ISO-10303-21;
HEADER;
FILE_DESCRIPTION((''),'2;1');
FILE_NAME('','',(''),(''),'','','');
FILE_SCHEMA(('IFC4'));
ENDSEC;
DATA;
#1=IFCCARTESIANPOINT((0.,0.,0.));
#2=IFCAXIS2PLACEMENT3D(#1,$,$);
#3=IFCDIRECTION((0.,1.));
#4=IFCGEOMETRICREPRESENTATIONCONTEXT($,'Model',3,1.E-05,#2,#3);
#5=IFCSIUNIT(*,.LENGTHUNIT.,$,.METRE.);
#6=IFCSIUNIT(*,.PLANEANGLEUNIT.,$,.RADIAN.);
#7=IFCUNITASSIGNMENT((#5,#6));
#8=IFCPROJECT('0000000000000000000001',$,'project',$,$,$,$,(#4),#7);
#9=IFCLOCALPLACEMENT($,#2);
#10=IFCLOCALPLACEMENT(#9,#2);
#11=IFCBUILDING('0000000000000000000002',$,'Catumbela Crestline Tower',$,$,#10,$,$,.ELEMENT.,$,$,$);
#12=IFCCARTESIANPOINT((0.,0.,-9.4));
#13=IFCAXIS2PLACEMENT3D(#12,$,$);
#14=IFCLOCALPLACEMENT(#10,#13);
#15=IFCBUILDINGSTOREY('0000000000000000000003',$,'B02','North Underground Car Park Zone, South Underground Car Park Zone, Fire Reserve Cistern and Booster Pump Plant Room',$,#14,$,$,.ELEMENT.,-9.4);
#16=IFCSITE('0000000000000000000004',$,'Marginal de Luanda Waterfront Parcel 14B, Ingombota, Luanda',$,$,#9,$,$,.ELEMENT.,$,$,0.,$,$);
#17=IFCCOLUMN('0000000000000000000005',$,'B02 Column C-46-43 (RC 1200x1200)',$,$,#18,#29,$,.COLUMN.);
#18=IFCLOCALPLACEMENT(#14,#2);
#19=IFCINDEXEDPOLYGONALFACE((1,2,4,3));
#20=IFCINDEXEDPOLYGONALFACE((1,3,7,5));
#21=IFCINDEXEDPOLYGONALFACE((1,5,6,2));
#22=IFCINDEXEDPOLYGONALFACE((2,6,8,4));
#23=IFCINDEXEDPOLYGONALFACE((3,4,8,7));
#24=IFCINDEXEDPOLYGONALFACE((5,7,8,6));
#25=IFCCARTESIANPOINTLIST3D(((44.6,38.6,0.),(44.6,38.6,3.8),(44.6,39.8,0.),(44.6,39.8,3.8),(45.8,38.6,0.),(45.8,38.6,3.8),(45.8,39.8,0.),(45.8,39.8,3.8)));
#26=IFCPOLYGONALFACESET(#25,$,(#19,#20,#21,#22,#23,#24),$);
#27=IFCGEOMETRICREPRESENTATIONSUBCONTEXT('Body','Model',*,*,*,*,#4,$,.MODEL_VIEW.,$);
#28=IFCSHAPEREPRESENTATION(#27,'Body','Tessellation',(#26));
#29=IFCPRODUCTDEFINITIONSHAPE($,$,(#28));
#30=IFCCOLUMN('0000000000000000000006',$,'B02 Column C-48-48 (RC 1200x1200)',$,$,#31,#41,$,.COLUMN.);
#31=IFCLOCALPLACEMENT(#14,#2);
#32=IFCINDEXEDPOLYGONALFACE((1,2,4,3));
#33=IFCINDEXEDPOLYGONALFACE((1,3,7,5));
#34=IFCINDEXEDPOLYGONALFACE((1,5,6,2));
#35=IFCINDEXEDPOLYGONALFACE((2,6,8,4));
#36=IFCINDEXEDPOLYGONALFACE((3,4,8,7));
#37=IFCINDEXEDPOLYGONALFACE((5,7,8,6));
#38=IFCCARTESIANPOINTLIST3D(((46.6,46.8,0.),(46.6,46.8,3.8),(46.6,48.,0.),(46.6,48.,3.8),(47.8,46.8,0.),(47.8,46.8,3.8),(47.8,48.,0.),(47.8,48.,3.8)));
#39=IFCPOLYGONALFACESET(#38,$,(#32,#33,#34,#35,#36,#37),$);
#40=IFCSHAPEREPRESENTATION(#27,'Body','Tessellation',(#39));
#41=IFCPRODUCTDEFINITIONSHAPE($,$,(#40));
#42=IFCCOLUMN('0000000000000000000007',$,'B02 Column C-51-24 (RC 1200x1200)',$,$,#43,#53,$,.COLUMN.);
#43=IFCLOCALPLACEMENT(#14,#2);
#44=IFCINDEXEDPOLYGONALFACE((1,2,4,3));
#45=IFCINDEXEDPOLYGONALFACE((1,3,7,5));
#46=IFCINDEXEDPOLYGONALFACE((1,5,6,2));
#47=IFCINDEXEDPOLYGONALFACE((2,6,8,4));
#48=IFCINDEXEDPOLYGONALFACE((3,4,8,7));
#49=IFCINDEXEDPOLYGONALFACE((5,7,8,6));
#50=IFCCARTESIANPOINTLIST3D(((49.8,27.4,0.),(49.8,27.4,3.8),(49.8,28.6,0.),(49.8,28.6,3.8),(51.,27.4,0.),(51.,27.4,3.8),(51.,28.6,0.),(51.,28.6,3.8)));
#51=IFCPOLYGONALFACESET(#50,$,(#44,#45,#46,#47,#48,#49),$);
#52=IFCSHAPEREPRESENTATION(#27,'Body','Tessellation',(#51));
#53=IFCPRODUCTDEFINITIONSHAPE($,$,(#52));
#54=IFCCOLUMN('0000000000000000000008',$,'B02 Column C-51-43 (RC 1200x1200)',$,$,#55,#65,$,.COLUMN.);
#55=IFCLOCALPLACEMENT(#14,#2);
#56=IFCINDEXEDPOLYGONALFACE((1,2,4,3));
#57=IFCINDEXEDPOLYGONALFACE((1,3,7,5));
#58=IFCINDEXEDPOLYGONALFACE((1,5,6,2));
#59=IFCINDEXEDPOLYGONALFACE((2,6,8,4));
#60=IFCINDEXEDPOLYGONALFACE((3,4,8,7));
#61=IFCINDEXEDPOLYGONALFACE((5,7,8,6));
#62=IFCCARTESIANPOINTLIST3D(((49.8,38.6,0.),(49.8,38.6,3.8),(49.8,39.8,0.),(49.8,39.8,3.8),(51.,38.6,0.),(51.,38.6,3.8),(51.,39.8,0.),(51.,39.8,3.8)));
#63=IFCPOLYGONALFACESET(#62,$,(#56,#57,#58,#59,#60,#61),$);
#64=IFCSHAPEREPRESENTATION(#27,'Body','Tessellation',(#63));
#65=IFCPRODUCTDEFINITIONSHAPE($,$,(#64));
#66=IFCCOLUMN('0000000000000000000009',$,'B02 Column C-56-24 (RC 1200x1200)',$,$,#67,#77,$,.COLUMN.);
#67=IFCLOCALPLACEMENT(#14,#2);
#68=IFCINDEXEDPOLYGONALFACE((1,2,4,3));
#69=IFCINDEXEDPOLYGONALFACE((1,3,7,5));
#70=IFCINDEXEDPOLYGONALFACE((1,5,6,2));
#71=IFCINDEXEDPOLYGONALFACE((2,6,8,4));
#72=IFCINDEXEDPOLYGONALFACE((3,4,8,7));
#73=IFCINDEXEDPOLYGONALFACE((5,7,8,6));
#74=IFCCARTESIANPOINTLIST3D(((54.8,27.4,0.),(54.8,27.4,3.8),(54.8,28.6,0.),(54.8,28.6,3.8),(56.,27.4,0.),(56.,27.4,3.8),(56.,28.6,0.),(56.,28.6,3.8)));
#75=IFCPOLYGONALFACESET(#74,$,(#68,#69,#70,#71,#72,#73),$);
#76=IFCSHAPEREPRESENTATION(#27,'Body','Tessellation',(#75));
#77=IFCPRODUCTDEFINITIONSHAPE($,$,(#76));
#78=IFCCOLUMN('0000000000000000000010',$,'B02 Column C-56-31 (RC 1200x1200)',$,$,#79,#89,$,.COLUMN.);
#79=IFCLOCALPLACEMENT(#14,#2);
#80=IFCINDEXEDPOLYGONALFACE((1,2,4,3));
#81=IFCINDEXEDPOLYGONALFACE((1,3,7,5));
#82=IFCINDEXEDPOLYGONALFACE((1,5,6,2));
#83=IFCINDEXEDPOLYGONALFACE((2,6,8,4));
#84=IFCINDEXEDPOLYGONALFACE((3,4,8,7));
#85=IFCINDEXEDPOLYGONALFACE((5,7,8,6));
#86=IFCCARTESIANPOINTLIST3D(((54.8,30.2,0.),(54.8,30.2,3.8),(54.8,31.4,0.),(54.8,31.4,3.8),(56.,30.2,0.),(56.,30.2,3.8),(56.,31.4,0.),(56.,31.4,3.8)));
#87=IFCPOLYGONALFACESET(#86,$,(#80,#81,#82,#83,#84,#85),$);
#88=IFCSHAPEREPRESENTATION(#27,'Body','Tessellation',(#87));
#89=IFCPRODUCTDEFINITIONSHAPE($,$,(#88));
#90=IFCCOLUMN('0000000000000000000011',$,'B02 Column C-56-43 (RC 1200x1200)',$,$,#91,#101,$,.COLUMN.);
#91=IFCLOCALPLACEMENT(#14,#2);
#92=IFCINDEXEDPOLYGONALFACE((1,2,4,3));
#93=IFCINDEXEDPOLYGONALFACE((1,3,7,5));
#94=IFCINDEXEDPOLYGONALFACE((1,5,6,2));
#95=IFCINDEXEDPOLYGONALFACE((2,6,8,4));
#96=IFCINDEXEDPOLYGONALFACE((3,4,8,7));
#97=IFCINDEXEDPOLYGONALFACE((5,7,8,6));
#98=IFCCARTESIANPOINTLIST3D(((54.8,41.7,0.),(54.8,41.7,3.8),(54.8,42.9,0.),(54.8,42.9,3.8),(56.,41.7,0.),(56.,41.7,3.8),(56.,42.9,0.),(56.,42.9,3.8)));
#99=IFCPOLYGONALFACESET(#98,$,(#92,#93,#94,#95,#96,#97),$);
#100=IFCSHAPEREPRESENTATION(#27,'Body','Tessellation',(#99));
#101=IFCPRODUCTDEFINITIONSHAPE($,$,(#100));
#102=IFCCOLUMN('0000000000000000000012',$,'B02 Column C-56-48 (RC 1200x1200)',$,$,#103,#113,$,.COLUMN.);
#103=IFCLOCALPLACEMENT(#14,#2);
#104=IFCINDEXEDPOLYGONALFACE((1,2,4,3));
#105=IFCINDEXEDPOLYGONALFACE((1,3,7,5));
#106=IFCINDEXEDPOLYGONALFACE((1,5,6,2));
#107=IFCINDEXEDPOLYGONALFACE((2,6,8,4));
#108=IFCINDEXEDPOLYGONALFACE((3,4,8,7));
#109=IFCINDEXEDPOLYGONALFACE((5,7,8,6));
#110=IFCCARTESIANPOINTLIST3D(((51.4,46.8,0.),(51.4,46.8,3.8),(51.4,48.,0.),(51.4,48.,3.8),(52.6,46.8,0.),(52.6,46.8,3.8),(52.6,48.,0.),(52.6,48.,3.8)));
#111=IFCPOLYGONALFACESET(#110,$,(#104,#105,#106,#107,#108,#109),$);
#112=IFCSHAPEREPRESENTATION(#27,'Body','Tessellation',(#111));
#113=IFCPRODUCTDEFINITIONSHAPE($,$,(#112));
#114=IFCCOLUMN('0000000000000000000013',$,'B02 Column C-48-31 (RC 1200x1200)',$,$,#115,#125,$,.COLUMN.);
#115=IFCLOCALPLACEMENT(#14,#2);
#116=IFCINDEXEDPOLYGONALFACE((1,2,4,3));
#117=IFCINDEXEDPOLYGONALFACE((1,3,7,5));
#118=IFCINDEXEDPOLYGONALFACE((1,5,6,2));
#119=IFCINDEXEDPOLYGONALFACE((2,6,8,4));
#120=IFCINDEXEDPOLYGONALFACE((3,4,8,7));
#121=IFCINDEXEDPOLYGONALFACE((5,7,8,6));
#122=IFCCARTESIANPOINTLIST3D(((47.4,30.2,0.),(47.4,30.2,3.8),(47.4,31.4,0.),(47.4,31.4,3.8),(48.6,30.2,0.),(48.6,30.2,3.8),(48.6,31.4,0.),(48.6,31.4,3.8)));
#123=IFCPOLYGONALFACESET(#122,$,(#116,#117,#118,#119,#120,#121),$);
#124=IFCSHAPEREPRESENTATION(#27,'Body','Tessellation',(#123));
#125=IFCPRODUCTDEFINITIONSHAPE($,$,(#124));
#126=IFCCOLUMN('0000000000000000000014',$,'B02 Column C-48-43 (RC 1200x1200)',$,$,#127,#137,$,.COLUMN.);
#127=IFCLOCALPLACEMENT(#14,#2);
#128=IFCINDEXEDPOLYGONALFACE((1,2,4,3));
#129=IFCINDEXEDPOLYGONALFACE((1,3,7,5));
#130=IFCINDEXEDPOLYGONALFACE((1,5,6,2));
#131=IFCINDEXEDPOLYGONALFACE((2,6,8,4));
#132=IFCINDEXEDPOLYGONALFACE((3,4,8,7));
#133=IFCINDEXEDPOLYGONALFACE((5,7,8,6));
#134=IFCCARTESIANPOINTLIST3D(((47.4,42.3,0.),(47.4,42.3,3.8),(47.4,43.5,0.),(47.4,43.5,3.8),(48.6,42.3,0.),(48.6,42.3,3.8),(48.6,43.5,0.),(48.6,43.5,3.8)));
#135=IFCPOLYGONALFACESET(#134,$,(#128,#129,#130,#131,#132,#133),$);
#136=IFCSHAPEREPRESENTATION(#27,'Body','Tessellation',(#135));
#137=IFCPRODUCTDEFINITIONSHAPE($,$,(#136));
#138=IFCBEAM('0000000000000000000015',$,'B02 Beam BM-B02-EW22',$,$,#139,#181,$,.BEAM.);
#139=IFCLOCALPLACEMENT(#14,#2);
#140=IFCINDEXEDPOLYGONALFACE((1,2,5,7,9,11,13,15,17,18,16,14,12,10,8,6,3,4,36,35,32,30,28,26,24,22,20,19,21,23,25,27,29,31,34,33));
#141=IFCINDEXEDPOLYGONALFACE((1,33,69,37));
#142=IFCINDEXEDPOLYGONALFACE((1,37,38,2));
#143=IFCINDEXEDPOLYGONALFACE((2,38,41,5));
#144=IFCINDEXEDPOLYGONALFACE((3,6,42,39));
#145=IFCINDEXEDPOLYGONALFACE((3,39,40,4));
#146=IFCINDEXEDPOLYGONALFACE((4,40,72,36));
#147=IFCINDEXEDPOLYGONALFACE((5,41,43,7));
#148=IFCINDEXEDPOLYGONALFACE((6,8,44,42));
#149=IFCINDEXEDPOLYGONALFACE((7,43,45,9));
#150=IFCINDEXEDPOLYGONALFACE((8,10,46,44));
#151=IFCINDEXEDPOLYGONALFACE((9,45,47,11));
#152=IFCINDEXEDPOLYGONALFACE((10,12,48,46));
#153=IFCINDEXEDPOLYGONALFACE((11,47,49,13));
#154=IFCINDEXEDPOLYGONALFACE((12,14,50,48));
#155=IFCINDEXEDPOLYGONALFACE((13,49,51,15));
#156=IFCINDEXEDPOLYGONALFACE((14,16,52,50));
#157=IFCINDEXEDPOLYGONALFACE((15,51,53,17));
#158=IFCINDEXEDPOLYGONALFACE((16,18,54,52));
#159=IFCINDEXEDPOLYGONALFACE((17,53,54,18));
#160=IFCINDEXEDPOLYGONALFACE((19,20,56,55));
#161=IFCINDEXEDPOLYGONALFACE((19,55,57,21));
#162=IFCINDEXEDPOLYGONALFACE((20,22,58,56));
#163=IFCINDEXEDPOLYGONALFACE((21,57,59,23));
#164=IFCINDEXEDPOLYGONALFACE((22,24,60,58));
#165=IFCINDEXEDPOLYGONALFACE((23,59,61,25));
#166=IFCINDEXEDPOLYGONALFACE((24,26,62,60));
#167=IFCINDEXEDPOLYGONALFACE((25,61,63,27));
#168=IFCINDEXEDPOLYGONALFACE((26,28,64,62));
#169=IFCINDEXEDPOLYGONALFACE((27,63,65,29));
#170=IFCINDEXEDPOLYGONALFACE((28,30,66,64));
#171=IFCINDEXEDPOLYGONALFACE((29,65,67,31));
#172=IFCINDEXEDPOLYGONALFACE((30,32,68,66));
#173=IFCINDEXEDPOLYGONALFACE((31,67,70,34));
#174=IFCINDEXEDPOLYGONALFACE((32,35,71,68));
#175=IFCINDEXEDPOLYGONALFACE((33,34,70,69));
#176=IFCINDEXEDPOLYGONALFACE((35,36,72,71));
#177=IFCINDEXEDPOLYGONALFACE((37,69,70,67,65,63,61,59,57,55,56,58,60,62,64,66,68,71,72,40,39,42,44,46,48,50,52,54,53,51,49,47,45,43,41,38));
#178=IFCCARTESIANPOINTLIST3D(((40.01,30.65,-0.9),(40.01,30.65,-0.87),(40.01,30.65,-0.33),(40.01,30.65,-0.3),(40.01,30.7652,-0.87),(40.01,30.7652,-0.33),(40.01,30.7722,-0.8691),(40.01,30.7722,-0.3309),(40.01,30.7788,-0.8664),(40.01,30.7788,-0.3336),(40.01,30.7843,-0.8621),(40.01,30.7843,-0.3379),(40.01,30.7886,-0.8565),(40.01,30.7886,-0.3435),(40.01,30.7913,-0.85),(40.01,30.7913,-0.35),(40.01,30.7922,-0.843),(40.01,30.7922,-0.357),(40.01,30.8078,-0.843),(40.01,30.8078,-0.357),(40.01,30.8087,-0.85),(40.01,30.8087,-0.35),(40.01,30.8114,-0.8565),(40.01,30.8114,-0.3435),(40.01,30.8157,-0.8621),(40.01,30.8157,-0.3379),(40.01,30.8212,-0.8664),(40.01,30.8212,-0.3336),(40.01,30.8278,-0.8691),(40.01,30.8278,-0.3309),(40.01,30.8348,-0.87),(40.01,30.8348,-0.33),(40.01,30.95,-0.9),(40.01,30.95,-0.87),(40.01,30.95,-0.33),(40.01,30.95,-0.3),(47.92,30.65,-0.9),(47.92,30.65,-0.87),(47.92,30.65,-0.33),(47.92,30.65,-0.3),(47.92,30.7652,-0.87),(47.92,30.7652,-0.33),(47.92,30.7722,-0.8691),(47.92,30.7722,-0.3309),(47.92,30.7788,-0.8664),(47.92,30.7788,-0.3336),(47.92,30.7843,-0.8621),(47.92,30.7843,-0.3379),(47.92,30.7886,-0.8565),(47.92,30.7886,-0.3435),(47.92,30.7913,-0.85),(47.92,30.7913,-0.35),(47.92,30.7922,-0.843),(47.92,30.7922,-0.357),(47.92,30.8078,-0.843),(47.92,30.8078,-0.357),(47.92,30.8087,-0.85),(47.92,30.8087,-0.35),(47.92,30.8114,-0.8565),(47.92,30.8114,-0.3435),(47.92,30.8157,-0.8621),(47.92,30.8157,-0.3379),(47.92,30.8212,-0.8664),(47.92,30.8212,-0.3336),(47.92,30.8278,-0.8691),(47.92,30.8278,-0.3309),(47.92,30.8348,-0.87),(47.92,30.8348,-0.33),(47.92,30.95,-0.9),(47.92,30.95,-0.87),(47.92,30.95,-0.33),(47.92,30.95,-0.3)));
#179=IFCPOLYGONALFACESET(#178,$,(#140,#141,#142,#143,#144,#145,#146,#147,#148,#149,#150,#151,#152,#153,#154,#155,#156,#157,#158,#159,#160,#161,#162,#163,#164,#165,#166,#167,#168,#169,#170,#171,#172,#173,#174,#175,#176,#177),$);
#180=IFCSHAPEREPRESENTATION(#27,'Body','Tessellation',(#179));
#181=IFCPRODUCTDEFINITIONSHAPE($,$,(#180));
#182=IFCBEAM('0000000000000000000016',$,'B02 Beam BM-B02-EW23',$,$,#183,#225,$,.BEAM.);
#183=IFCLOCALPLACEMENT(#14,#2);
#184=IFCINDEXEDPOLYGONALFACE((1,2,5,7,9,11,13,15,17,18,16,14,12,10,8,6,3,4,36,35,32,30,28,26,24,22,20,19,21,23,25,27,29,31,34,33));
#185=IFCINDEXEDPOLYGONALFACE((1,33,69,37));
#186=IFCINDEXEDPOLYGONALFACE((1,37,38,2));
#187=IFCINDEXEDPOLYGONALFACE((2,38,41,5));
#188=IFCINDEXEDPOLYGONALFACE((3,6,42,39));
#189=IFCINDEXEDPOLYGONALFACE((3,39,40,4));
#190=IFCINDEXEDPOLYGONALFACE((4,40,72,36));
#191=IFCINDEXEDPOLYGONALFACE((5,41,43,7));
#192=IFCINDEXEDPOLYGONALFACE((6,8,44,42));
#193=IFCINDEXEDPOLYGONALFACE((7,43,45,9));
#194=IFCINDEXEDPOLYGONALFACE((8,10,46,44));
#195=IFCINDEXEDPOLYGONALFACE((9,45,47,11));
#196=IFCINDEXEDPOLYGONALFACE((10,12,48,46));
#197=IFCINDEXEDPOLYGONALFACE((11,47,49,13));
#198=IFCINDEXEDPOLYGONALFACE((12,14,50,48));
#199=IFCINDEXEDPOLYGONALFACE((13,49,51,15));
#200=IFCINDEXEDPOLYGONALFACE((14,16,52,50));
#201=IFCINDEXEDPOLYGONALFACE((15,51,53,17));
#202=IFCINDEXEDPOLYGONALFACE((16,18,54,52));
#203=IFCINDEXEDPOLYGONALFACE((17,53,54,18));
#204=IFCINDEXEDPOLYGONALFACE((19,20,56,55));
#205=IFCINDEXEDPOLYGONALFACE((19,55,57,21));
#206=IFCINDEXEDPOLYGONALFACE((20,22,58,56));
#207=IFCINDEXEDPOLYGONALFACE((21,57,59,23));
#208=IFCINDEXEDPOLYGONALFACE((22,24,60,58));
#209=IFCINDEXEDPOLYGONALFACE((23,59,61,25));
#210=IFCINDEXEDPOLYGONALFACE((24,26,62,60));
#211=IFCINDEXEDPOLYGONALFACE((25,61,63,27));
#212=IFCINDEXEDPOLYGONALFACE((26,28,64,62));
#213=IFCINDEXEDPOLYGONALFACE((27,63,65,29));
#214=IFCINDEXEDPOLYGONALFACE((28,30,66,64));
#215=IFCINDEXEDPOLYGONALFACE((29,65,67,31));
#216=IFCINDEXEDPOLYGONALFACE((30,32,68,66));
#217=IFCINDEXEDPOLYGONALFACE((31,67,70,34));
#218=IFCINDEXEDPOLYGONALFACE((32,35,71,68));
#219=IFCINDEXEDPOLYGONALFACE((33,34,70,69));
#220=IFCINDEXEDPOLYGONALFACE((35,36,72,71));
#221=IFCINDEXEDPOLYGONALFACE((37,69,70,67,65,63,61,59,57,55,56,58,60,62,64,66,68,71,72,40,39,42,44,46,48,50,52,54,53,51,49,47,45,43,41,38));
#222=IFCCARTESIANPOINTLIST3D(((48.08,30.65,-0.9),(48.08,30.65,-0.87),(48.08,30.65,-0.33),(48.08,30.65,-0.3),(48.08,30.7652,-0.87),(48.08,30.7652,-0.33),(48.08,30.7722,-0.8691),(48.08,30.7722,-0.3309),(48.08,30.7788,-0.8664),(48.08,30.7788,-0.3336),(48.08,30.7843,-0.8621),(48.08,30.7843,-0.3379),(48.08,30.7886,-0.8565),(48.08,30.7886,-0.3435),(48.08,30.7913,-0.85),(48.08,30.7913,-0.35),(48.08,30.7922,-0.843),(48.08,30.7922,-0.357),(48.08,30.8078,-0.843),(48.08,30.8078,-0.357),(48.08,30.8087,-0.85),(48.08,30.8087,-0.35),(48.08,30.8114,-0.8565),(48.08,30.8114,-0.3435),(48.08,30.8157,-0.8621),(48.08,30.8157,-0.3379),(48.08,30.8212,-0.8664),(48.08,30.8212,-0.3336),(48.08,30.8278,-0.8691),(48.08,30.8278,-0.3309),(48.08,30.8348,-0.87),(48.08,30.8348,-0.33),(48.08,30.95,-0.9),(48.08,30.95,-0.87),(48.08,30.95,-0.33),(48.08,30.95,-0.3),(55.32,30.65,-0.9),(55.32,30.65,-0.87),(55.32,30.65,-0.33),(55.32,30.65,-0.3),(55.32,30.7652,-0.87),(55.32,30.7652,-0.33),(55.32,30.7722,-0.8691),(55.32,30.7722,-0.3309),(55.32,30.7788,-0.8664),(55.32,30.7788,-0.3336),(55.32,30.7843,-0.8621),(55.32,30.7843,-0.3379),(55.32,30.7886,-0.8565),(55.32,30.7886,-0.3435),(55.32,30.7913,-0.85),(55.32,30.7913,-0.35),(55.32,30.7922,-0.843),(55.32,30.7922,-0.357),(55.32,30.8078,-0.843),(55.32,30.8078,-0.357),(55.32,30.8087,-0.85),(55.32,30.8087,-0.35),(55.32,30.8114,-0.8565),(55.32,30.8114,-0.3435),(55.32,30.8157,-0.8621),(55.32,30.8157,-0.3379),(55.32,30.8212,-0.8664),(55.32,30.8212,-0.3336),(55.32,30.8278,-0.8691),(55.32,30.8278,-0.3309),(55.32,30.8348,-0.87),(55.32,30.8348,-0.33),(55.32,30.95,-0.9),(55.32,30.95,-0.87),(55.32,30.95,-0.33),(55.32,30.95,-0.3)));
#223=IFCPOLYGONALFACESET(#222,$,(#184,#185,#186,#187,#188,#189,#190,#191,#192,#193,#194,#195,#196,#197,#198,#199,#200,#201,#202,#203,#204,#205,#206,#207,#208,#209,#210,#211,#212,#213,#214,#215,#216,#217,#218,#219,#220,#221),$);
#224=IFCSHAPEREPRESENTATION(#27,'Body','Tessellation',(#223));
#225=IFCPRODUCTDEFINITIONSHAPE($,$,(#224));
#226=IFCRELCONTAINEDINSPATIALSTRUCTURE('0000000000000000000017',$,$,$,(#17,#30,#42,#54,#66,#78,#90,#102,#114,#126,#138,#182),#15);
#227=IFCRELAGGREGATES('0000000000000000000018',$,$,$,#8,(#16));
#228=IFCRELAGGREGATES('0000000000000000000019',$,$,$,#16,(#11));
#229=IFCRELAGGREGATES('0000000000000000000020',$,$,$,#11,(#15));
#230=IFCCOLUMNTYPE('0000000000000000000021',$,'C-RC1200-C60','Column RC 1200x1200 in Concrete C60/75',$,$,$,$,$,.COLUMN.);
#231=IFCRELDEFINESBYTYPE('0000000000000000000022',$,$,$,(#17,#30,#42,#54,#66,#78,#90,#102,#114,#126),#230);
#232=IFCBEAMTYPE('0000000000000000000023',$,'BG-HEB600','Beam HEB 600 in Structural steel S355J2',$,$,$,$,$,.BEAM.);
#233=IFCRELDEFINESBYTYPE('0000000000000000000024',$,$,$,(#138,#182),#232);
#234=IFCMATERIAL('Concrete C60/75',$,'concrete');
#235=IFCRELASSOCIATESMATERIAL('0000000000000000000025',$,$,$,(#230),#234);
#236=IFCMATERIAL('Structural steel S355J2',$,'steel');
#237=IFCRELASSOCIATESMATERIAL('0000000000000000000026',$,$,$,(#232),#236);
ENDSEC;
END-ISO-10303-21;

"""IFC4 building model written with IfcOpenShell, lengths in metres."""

from ifc_helpers import new_model, si_unit, direction, frame, origin, origin_2d, place, context, subcontext, project, spatial, rectangle, i_section, extrude, material, material_profile, profile_set, type_object, element, save


model = new_model("IFC4")

# Units and contexts
model_context = context("Model", 3, precision=1e-05, world=origin(), true_north=direction((0.0, 1.0)))
body_context = subcontext(model_context, "Body", "Model", "MODEL_VIEW")
ifc_project = project(units=[si_unit("LENGTHUNIT", "METRE"), si_unit("PLANEANGLEUNIT", "RADIAN")], contexts=[model_context])

# Site, building, storey
site_placement = place(None, origin())
site = spatial("IfcSite", under=ifc_project, at=site_placement, Name="Marginal de Luanda Waterfront Parcel 14B, Ingombota, Luanda", CompositionType="ELEMENT", RefElevation=0.0)
building_placement = place(site_placement, origin())
building = spatial("IfcBuilding", under=site, at=building_placement, Name="Catumbela Crestline Tower", CompositionType="ELEMENT")
storey_placement = place(building_placement, frame((0.0, 0.0, -9.4)))
storey = spatial("IfcBuildingStorey", under=building, at=storey_placement, Name="B02", Description="North Underground Car Park Zone, South Underground Car Park Zone, Fire Reserve Cistern and Booster Pump Plant Room", CompositionType="ELEMENT", Elevation=-9.4)

# Columns
ifc_material_1 = material(Name="Concrete C60/75", Category="concrete")
ifc_material_profile_1 = material_profile(ifc_material_1, rectangle(XDim=1.2, YDim=1.2, at=origin_2d()), Name="RC 1200x1200")
ifc_profile_set_1 = profile_set([ifc_material_profile_1], Name="Concrete C60/75")
column_type = type_object("IfcColumnType", Name="C-RC1200-C60", Description="Column RC 1200x1200 in Concrete C60/75", PredefinedType="COLUMN", material=ifc_profile_set_1)
for number, where, z_axis, x_axis, name in (
    (1, (45.2, 39.2, 0.0), (0.0, 0.0, 1.0), (1.0, 0.0, 0.0), "B02 Column C-46-43 (RC 1200x1200)"),
    (2, (47.2, 47.4, 0.0), (0.0, 0.0, 1.0), (1.0, 0.0, 0.0), "B02 Column C-48-48 (RC 1200x1200)"),
    (3, (50.4, 28.0, 0.0), (0.0, 0.0, 1.0), (1.0, 0.0, 0.0), "B02 Column C-51-24 (RC 1200x1200)"),
    (4, (50.4, 39.2, 0.0), (0.0, 0.0, 1.0), (1.0, 0.0, 0.0), "B02 Column C-51-43 (RC 1200x1200)"),
    (5, (55.4, 28.0, 0.0), (0.0, 0.0, 1.0), (1.0, 0.0, 0.0), "B02 Column C-56-24 (RC 1200x1200)"),
    (6, (55.4, 30.8, 0.0), (0.0, 0.0, 1.0), (1.0, 0.0, 0.0), "B02 Column C-56-31 (RC 1200x1200)"),
    (7, (55.4, 42.3, 0.0), (0.0, 0.0, 1.0), (1.0, 0.0, 0.0), "B02 Column C-56-43 (RC 1200x1200)"),
    (8, (52.0, 47.4, 0.0), (0.0, 0.0, 1.0), (1.0, 0.0, 0.0), "B02 Column C-56-48 (RC 1200x1200)"),
    (9, (48.0, 30.8, 0.0), (0.0, 0.0, 1.0), (1.0, 0.0, 0.0), "B02 Column C-48-31 (RC 1200x1200)"),
    (10, (48.0, 42.9, 0.0), (0.0, 0.0, 1.0), (1.0, 0.0, 0.0), "B02 Column C-48-43 (RC 1200x1200)"),
):
    element("IfcColumn", number, at=place(storey_placement, frame(where, z_axis=z_axis, x_axis=x_axis)), inside=storey, type_object=column_type, Name=name, PredefinedType="COLUMN", context=body_context, shape_type="SweptSolid", body=[
        extrude(rectangle(XDim=1.2, YDim=1.2, at=origin_2d()), origin(), (0.0, 0.0, 1.0), 3.8),
    ])

# Beams
ifc_material_2 = material(Name="Structural steel S355J2", Category="steel")
ifc_material_profile_2 = material_profile(ifc_material_2, i_section(OverallWidth=0.3, OverallDepth=0.6, WebThickness=0.0155, FlangeThickness=0.03, FilletRadius=0.027, at=origin_2d()), Name="HEB 600")
ifc_profile_set_2 = profile_set([ifc_material_profile_2], Name="Structural steel S355J2")
beam_type = type_object("IfcBeamType", Name="BG-HEB600", Description="Beam HEB 600 in Structural steel S355J2", PredefinedType="BEAM", material=ifc_profile_set_2)
beam_1_placement = place(storey_placement, frame((40.01, 30.8, -0.6), z_axis=(1.0, 0.0, 0.0), x_axis=(0.0, 1.0, 0.0)))
element("IfcBeam", 11, at=beam_1_placement, inside=storey, type_object=beam_type, Name="B02 Beam BM-B02-EW22", PredefinedType="BEAM", context=body_context, shape_type="SweptSolid", body=[
    extrude(i_section(OverallWidth=0.3, OverallDepth=0.6, WebThickness=0.0155, FlangeThickness=0.03, FilletRadius=0.027, at=origin_2d()), origin(), (0.0, 0.0, 1.0), 7.91),
])
beam_2_placement = place(storey_placement, frame((48.08, 30.8, -0.6), z_axis=(1.0, 0.0, 0.0), x_axis=(0.0, 1.0, 0.0)))
element("IfcBeam", 12, at=beam_2_placement, inside=storey, type_object=beam_type, Name="B02 Beam BM-B02-EW23", PredefinedType="BEAM", context=body_context, shape_type="SweptSolid", body=[
    extrude(i_section(OverallWidth=0.3, OverallDepth=0.6, WebThickness=0.0155, FlangeThickness=0.03, FilletRadius=0.027, at=origin_2d()), origin(), (0.0, 0.0, 1.0), 7.24),
])

save(model, "model.ifc")
